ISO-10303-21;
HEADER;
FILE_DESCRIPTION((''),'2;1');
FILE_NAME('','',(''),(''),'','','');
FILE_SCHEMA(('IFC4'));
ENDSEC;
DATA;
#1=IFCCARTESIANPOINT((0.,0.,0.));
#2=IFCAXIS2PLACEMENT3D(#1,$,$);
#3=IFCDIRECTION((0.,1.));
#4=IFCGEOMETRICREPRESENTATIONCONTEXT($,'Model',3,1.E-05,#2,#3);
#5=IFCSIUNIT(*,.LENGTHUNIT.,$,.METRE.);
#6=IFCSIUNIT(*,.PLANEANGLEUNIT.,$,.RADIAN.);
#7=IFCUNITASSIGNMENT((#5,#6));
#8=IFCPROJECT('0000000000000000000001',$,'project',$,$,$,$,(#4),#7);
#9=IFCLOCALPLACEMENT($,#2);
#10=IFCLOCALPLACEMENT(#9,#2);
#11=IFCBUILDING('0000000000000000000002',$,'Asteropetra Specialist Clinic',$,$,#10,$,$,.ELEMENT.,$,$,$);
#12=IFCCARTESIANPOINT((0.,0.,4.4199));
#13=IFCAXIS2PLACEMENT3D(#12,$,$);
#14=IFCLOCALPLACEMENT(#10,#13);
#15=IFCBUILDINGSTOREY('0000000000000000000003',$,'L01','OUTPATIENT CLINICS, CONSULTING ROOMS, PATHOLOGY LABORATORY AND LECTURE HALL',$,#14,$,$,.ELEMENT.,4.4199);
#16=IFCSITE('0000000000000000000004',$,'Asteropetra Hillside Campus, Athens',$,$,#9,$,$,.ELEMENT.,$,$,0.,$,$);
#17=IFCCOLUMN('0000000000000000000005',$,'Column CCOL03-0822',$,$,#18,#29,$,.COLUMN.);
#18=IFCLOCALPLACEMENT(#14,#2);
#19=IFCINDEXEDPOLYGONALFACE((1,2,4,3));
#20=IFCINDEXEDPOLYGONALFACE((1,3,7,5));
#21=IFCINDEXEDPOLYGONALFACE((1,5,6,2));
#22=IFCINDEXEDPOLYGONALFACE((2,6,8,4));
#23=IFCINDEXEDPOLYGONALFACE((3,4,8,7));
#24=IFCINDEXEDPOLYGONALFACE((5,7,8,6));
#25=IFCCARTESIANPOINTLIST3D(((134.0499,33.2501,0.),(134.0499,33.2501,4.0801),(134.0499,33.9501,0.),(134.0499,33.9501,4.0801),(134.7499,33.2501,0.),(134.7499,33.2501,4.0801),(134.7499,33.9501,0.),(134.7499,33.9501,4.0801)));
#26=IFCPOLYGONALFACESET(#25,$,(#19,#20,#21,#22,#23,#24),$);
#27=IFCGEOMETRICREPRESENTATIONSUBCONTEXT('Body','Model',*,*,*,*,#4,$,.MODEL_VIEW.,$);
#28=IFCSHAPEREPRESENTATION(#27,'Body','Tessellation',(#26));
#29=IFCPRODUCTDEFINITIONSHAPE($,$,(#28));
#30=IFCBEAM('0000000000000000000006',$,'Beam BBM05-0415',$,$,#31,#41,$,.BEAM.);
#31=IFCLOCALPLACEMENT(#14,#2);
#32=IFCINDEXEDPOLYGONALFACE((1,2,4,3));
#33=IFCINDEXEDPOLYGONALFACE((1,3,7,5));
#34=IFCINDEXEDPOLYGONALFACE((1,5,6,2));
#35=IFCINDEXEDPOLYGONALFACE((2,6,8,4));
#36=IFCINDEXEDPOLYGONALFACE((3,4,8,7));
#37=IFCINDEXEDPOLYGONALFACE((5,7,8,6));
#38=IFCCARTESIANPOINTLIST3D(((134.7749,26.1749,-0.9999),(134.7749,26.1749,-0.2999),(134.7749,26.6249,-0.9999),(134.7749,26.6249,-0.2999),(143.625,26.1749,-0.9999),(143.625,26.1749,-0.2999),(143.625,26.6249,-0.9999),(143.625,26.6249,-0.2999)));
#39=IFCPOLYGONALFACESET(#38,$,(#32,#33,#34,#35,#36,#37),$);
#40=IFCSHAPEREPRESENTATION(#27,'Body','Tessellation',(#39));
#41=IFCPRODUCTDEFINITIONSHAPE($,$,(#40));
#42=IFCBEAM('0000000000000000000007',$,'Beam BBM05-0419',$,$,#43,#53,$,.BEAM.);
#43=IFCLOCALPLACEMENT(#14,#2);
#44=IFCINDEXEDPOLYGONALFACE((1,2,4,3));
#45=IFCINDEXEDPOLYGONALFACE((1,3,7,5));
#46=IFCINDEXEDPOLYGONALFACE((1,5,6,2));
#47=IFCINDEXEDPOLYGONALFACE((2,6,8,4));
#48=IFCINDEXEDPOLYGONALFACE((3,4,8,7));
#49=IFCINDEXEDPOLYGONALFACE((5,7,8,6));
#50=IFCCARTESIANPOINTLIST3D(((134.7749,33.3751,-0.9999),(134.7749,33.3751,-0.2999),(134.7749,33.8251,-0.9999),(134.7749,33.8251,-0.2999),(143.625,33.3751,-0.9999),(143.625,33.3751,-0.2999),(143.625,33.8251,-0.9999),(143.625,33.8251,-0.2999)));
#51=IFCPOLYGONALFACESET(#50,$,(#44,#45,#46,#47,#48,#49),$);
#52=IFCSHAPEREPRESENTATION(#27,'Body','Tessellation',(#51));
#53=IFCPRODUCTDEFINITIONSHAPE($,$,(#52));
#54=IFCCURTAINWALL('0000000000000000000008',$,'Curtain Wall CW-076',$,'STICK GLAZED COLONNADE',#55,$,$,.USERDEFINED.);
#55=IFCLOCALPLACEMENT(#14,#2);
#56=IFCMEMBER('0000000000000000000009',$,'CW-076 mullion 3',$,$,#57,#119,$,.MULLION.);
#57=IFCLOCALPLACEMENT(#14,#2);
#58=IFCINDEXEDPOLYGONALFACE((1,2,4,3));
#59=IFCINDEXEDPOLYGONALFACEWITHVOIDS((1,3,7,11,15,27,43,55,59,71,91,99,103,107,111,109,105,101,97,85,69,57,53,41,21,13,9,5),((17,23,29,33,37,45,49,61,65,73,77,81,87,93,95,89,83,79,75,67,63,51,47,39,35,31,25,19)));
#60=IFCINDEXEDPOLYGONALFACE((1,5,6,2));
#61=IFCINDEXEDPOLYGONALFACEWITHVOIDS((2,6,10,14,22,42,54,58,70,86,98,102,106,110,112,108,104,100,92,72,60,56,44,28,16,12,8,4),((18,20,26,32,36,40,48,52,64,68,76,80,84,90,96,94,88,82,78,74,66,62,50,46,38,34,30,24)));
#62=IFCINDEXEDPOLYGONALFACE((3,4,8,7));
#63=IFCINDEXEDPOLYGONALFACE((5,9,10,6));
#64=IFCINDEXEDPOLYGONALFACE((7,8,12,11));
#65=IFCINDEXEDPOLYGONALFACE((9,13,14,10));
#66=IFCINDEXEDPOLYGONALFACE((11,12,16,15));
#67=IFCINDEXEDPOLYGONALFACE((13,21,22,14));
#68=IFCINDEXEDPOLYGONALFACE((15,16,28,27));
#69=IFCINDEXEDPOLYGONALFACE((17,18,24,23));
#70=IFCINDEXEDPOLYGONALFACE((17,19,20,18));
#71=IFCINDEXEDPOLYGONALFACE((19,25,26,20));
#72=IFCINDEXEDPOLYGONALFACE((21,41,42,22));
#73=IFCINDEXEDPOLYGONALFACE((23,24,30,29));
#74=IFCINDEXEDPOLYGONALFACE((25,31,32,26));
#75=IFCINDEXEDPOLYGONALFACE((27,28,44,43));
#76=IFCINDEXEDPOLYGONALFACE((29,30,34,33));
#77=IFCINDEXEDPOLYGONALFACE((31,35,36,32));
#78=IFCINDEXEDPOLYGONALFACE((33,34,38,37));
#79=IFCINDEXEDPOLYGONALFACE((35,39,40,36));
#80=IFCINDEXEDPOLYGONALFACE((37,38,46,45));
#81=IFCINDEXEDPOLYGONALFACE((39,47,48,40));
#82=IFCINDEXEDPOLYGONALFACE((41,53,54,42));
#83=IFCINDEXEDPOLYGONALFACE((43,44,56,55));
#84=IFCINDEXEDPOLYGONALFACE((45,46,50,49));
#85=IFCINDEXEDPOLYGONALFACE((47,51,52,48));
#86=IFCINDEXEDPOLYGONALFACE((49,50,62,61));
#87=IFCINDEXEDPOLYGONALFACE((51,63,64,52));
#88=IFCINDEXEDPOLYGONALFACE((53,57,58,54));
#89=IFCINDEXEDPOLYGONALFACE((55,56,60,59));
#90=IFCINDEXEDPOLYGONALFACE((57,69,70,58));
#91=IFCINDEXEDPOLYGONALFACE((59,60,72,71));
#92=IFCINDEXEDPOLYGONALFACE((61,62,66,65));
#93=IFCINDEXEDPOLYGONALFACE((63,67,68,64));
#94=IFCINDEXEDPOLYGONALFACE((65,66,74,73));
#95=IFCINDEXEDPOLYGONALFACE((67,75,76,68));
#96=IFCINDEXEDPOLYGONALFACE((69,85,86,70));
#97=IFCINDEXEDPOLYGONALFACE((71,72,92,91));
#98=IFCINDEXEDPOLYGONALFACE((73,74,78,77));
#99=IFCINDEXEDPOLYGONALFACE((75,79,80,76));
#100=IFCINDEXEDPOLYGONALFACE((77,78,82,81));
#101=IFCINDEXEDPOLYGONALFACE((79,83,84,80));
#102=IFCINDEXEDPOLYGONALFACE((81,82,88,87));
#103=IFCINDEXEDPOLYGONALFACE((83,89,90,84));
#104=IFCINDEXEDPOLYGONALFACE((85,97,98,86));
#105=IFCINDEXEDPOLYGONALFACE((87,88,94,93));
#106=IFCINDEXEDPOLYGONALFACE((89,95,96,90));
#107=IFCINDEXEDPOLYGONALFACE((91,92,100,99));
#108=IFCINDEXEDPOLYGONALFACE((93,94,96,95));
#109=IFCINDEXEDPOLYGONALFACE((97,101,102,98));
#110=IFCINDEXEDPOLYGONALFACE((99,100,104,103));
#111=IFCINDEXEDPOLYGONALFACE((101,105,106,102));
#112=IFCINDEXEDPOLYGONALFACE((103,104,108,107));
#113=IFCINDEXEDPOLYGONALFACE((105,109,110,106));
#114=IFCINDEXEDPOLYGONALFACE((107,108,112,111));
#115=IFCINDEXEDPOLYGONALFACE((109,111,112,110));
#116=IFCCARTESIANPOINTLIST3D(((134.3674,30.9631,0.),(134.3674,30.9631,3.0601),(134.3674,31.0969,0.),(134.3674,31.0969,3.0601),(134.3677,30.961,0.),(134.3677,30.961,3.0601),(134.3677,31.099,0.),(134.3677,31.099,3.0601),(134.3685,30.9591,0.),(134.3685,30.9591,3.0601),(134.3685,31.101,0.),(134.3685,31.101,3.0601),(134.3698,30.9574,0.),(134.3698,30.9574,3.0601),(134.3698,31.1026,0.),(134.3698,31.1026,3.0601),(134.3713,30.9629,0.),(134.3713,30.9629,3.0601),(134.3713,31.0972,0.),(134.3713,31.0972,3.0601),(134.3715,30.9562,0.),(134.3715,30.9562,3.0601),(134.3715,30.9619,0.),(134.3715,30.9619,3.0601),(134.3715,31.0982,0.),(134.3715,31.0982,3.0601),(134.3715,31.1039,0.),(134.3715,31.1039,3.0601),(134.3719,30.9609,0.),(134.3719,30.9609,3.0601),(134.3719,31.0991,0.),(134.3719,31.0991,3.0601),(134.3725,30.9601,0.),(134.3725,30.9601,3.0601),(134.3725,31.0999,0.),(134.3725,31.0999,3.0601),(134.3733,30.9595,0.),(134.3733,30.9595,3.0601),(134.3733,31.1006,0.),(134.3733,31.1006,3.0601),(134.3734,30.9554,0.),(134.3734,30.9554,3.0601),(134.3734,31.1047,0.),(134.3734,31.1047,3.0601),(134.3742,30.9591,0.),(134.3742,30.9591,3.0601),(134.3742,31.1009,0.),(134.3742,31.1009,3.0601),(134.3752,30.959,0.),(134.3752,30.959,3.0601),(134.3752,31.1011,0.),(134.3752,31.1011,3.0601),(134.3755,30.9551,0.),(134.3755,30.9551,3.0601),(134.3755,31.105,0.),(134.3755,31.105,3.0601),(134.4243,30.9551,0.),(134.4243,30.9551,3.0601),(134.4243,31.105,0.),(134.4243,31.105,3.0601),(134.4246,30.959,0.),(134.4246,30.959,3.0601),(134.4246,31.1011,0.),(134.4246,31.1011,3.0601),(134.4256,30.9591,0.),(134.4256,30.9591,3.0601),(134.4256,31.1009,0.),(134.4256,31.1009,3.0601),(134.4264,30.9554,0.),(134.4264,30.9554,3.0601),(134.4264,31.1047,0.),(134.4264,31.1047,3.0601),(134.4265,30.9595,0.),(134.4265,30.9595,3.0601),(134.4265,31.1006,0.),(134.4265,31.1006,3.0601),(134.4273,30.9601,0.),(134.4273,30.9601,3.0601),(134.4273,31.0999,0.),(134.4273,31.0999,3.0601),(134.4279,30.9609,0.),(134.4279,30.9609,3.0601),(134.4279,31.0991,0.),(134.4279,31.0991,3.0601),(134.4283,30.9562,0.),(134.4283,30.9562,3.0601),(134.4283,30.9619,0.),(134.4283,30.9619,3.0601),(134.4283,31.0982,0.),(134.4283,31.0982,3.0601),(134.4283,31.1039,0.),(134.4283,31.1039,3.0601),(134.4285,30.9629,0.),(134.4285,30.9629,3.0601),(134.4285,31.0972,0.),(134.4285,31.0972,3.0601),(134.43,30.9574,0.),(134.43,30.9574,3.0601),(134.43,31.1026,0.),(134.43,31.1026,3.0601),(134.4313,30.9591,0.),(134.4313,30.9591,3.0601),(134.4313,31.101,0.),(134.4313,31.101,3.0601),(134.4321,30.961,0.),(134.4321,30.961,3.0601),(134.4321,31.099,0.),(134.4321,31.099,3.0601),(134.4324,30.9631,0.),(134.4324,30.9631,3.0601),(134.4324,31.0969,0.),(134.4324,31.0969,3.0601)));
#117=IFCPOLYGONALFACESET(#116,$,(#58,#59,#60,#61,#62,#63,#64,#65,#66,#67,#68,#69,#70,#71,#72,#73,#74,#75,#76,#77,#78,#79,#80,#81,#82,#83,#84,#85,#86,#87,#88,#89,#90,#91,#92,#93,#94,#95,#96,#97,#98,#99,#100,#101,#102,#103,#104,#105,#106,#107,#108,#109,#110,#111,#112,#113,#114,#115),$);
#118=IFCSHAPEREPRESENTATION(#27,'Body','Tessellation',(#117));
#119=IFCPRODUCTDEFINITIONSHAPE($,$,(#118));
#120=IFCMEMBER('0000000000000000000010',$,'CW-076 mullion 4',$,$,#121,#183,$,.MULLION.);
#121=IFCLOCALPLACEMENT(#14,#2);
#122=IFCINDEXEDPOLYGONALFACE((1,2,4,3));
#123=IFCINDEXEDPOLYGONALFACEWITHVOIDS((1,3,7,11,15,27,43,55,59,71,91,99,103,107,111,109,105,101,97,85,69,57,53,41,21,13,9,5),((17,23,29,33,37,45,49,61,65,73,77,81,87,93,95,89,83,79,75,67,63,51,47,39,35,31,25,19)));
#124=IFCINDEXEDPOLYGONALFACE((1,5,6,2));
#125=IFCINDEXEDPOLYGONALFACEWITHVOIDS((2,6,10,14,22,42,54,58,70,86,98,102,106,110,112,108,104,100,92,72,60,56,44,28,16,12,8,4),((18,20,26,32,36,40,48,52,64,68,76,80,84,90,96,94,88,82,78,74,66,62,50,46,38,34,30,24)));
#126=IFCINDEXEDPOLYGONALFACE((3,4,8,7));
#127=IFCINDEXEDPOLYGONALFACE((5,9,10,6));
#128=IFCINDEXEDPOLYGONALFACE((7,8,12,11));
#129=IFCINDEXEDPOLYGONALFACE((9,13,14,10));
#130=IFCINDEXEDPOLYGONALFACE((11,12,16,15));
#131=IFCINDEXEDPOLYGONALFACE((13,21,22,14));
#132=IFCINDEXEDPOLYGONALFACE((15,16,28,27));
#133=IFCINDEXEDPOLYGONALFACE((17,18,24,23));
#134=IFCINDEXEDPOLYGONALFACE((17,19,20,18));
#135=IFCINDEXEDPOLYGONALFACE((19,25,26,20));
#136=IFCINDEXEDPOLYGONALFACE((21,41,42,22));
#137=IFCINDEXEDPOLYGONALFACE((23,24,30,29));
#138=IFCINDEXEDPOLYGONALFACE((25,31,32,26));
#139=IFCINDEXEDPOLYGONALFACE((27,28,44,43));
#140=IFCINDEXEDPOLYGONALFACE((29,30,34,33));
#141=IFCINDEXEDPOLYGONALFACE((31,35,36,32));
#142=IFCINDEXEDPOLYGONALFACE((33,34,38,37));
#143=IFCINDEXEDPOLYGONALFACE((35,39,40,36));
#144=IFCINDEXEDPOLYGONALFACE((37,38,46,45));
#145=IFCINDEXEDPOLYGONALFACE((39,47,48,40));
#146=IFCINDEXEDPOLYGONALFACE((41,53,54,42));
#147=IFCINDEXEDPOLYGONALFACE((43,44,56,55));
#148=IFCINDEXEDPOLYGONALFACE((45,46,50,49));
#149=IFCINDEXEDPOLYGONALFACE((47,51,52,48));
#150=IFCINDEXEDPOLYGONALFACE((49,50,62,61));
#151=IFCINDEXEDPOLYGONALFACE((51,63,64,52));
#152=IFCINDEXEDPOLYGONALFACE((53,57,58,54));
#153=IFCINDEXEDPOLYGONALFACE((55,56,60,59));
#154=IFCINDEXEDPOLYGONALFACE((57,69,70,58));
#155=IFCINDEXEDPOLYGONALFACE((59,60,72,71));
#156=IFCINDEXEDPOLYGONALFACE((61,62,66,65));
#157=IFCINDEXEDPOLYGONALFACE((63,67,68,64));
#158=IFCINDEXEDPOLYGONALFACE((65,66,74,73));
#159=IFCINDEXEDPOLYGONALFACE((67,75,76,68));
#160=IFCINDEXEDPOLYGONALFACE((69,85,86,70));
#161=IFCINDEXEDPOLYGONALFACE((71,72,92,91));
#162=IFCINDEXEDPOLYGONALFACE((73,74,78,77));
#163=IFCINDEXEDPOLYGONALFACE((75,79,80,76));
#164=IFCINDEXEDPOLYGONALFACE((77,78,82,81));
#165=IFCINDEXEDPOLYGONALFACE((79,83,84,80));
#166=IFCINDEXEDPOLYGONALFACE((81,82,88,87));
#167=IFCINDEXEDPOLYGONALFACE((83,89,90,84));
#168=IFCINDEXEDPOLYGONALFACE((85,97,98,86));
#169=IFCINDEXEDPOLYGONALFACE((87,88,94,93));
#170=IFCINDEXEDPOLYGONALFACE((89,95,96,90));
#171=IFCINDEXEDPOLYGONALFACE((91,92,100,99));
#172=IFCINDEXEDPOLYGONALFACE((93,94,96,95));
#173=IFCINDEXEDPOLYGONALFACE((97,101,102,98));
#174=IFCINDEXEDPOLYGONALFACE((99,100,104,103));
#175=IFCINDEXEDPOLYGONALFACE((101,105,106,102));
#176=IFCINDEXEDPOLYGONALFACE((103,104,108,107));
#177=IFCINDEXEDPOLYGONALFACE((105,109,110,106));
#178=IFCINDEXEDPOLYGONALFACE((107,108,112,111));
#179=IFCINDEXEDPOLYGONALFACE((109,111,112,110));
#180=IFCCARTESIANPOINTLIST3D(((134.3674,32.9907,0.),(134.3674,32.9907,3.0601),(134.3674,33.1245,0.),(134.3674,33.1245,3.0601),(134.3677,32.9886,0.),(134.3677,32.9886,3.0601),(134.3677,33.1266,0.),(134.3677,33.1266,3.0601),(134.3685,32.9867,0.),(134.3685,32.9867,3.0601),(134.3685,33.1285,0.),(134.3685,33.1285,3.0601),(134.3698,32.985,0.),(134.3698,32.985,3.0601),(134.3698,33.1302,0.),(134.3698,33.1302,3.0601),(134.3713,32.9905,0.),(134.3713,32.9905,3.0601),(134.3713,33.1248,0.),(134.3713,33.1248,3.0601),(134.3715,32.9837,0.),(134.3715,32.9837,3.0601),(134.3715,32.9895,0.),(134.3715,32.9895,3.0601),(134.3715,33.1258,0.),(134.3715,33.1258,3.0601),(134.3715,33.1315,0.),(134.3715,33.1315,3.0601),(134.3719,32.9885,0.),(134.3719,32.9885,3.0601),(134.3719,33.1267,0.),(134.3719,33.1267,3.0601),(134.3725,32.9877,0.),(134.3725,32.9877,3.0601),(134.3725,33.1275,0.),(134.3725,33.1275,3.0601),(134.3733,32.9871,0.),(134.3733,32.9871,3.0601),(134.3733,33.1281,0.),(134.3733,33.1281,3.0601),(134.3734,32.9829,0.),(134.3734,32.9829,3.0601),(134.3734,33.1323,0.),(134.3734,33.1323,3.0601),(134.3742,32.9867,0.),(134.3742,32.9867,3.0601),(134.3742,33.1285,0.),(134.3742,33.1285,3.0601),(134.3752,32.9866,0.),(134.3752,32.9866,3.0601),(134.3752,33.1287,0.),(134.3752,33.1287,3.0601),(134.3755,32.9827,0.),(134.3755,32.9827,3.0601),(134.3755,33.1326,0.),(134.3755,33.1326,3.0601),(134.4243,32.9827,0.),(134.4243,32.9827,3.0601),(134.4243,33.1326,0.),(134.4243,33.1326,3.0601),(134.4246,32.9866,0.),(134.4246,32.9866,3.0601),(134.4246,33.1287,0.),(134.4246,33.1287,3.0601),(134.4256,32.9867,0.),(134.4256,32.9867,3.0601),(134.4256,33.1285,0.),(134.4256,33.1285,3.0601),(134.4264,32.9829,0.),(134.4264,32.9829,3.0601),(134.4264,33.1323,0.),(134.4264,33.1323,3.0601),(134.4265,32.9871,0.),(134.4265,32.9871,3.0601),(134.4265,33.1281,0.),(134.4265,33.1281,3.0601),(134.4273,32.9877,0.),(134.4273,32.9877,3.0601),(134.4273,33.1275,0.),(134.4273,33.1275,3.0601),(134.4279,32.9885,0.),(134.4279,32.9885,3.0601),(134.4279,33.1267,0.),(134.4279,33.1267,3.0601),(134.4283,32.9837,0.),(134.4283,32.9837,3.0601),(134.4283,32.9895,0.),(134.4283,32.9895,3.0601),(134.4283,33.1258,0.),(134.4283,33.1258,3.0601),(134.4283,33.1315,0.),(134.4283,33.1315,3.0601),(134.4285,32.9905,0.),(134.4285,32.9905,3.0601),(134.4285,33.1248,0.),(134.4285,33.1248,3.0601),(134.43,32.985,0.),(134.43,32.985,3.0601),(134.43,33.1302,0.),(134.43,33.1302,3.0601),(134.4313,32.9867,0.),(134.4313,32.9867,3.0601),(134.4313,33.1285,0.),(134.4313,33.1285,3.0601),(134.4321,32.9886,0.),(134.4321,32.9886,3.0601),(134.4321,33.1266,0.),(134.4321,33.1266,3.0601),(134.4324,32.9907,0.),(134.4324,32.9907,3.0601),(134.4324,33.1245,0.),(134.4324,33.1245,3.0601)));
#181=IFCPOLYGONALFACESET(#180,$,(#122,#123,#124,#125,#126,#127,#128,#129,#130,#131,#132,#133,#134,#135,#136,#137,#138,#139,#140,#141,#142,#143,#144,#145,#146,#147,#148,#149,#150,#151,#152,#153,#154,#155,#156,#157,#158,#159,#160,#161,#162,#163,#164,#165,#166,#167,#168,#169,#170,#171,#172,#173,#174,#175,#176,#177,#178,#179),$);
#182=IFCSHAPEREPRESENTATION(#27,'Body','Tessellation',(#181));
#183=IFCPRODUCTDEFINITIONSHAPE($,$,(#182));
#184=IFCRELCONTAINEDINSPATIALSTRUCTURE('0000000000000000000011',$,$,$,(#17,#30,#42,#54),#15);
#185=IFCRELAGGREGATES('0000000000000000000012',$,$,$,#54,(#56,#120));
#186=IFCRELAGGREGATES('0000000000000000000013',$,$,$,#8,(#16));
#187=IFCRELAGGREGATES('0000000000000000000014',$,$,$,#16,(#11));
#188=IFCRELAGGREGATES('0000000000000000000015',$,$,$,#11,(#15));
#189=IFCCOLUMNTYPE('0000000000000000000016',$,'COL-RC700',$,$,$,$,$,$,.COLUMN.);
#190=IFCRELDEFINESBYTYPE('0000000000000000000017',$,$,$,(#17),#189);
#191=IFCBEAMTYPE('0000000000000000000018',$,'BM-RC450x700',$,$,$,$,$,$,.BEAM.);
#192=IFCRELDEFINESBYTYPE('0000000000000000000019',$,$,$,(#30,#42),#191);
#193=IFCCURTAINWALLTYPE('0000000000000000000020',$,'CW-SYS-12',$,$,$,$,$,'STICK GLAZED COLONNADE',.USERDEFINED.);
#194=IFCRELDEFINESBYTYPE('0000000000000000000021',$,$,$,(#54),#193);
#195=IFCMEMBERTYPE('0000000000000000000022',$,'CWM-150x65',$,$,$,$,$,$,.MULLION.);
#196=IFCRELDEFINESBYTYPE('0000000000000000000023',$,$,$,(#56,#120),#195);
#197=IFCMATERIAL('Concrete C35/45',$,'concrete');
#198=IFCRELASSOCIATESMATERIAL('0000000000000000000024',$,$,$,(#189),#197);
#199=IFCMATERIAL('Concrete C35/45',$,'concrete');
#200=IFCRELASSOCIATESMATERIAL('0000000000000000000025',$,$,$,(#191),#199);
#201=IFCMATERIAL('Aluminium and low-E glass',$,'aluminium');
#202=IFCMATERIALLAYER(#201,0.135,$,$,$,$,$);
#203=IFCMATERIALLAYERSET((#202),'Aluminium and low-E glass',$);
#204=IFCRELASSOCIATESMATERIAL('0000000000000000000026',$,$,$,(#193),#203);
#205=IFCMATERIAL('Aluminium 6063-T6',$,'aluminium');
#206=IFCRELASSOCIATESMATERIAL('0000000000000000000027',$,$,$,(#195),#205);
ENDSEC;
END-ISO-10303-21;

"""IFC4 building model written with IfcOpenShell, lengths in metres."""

from ifc_helpers import new_model, si_unit, direction, frame, origin, origin_2d, place, context, subcontext, project, spatial, rectangle, hollow_rectangle, extrude, material, layer, layer_set, material_profile, profile_set, type_object, element, aggregate, save


model = new_model("IFC4")

# Units and contexts
model_context = context("Model", 3, precision=1e-05, world=origin(), true_north=direction((0.0, 1.0)))
body_context = subcontext(model_context, "Body", "Model", "MODEL_VIEW")
ifc_project = project(units=[si_unit("LENGTHUNIT", "METRE"), si_unit("PLANEANGLEUNIT", "RADIAN")], contexts=[model_context])

# Site, building, storey
site_placement = place(None, origin())
site = spatial("IfcSite", under=ifc_project, at=site_placement, Name="Asteropetra Hillside Campus, Athens", CompositionType="ELEMENT", RefElevation=0.0)
building_placement = place(site_placement, origin())
building = spatial("IfcBuilding", under=site, at=building_placement, Name="Asteropetra Specialist Clinic", CompositionType="ELEMENT")
storey_placement = place(building_placement, frame((0.0, 0.0, 4.4199)))
storey = spatial("IfcBuildingStorey", under=building, at=storey_placement, Name="L01", Description="OUTPATIENT CLINICS, CONSULTING ROOMS, PATHOLOGY LABORATORY AND LECTURE HALL", CompositionType="ELEMENT", Elevation=4.4199)

# Column
ifc_material_1 = material(Name="Concrete C35/45", Category="concrete")
ifc_material_profile_1 = material_profile(ifc_material_1, rectangle(XDim=0.7, YDim=0.7, at=origin_2d()), Name="RC 700x700")
ifc_profile_set_1 = profile_set([ifc_material_profile_1], Name="Concrete C35/45")
column_type = type_object("IfcColumnType", Name="COL-RC700", PredefinedType="COLUMN", material=ifc_profile_set_1)
column_placement = place(storey_placement, frame((134.3999, 33.6001, 0.0), z_axis=(0.0, 0.0, 1.0), x_axis=(1.0, 0.0, 0.0)))
element("IfcColumn", 1, at=column_placement, inside=storey, type_object=column_type, Name="Column CCOL03-0822", PredefinedType="COLUMN", context=body_context, shape_type="SweptSolid", body=[
    extrude(rectangle(XDim=0.7, YDim=0.7, at=origin_2d()), origin(), (0.0, 0.0, 1.0), 4.0801),
])

# Beams
ifc_material_2 = material(Name="Concrete C35/45", Category="concrete")
ifc_material_profile_2 = material_profile(ifc_material_2, rectangle(XDim=0.45, YDim=0.7, at=origin_2d()), Name="RCB 450x700")
ifc_profile_set_2 = profile_set([ifc_material_profile_2], Name="Concrete C35/45")
beam_type_1 = type_object("IfcBeamType", Name="BM-RC450x700", PredefinedType="BEAM", material=ifc_profile_set_2)
for number, where, z_axis, x_axis, name in (
    (2, (134.7749, 26.3999, -0.6499), (1.0, 0.0, 0.0), (0.0, 1.0, 0.0), "Beam BBM05-0415"),
    (3, (134.7749, 33.6001, -0.6499), (1.0, 0.0, 0.0), (0.0, 1.0, 0.0), "Beam BBM05-0419"),
):
    element("IfcBeam", number, at=place(storey_placement, frame(where, z_axis=z_axis, x_axis=x_axis)), inside=storey, type_object=beam_type_1, Name=name, PredefinedType="BEAM", context=body_context, shape_type="SweptSolid", body=[
        extrude(rectangle(XDim=0.45, YDim=0.7, at=origin_2d()), origin(), (0.0, 0.0, 1.0), 8.8501),
    ])

# Curtain wall, members
ifc_material_3 = material(Name="Aluminium and low-E glass", Category="aluminium")
ifc_layer_1 = layer(ifc_material_3, 0.135)
ifc_layer_set_1 = layer_set([ifc_layer_1], Name="Aluminium and low-E glass")
curtain_wall_type = type_object("IfcCurtainWallType", Name="CW-SYS-12", ElementType="STICK GLAZED COLONNADE", PredefinedType="USERDEFINED", material=ifc_layer_set_1)
curtain_wall_placement = place(storey_placement, origin())
curtain_wall = element("IfcCurtainWall", 4, at=curtain_wall_placement, inside=storey, type_object=curtain_wall_type, Name="Curtain Wall CW-076", ObjectType="STICK GLAZED COLONNADE", PredefinedType="USERDEFINED")
ifc_material_4 = material(Name="Aluminium 6063-T6", Category="aluminium")
ifc_material_profile_3 = material_profile(ifc_material_4, hollow_rectangle(XDim=0.0649, YDim=0.1499, WallThickness=0.0039, InnerFilletRadius=0.0039, OuterFilletRadius=0.0081, at=origin_2d()), Name="MUL 150x65x4.0")
ifc_profile_set_3 = profile_set([ifc_material_profile_3], Name="Aluminium 6063-T6")
member_type_1 = type_object("IfcMemberType", Name="CWM-150x65", PredefinedType="MULLION", material=ifc_profile_set_3)
member_1_placement = place(storey_placement, frame((134.3999, 31.03, 0.0), z_axis=(0.0, 0.0, 1.0), x_axis=(-1.0, 0.0, 0.0)))
member_1 = element("IfcMember", 5, at=member_1_placement, type_object=member_type_1, Name="CW-076 mullion 3", PredefinedType="MULLION", context=body_context, shape_type="SweptSolid", body=[
    extrude(hollow_rectangle(XDim=0.0649, YDim=0.1499, WallThickness=0.0039, InnerFilletRadius=0.0039, OuterFilletRadius=0.0081, at=origin_2d()), origin(), (0.0, 0.0, 1.0), 3.0601),
])
member_2_placement = place(storey_placement, frame((134.3999, 33.0576, 0.0), z_axis=(0.0, 0.0, 1.0), x_axis=(-1.0, 0.0, 0.0)))
member_2 = element("IfcMember", 6, at=member_2_placement, type_object=member_type_1, Name="CW-076 mullion 4", PredefinedType="MULLION", context=body_context, shape_type="SweptSolid", body=[
    extrude(hollow_rectangle(XDim=0.0649, YDim=0.1499, WallThickness=0.0039, InnerFilletRadius=0.0039, OuterFilletRadius=0.0081, at=origin_2d()), origin(), (0.0, 0.0, 1.0), 3.0601),
])

aggregate(curtain_wall, [member_1, member_2])

save(model, "model.ifc")
